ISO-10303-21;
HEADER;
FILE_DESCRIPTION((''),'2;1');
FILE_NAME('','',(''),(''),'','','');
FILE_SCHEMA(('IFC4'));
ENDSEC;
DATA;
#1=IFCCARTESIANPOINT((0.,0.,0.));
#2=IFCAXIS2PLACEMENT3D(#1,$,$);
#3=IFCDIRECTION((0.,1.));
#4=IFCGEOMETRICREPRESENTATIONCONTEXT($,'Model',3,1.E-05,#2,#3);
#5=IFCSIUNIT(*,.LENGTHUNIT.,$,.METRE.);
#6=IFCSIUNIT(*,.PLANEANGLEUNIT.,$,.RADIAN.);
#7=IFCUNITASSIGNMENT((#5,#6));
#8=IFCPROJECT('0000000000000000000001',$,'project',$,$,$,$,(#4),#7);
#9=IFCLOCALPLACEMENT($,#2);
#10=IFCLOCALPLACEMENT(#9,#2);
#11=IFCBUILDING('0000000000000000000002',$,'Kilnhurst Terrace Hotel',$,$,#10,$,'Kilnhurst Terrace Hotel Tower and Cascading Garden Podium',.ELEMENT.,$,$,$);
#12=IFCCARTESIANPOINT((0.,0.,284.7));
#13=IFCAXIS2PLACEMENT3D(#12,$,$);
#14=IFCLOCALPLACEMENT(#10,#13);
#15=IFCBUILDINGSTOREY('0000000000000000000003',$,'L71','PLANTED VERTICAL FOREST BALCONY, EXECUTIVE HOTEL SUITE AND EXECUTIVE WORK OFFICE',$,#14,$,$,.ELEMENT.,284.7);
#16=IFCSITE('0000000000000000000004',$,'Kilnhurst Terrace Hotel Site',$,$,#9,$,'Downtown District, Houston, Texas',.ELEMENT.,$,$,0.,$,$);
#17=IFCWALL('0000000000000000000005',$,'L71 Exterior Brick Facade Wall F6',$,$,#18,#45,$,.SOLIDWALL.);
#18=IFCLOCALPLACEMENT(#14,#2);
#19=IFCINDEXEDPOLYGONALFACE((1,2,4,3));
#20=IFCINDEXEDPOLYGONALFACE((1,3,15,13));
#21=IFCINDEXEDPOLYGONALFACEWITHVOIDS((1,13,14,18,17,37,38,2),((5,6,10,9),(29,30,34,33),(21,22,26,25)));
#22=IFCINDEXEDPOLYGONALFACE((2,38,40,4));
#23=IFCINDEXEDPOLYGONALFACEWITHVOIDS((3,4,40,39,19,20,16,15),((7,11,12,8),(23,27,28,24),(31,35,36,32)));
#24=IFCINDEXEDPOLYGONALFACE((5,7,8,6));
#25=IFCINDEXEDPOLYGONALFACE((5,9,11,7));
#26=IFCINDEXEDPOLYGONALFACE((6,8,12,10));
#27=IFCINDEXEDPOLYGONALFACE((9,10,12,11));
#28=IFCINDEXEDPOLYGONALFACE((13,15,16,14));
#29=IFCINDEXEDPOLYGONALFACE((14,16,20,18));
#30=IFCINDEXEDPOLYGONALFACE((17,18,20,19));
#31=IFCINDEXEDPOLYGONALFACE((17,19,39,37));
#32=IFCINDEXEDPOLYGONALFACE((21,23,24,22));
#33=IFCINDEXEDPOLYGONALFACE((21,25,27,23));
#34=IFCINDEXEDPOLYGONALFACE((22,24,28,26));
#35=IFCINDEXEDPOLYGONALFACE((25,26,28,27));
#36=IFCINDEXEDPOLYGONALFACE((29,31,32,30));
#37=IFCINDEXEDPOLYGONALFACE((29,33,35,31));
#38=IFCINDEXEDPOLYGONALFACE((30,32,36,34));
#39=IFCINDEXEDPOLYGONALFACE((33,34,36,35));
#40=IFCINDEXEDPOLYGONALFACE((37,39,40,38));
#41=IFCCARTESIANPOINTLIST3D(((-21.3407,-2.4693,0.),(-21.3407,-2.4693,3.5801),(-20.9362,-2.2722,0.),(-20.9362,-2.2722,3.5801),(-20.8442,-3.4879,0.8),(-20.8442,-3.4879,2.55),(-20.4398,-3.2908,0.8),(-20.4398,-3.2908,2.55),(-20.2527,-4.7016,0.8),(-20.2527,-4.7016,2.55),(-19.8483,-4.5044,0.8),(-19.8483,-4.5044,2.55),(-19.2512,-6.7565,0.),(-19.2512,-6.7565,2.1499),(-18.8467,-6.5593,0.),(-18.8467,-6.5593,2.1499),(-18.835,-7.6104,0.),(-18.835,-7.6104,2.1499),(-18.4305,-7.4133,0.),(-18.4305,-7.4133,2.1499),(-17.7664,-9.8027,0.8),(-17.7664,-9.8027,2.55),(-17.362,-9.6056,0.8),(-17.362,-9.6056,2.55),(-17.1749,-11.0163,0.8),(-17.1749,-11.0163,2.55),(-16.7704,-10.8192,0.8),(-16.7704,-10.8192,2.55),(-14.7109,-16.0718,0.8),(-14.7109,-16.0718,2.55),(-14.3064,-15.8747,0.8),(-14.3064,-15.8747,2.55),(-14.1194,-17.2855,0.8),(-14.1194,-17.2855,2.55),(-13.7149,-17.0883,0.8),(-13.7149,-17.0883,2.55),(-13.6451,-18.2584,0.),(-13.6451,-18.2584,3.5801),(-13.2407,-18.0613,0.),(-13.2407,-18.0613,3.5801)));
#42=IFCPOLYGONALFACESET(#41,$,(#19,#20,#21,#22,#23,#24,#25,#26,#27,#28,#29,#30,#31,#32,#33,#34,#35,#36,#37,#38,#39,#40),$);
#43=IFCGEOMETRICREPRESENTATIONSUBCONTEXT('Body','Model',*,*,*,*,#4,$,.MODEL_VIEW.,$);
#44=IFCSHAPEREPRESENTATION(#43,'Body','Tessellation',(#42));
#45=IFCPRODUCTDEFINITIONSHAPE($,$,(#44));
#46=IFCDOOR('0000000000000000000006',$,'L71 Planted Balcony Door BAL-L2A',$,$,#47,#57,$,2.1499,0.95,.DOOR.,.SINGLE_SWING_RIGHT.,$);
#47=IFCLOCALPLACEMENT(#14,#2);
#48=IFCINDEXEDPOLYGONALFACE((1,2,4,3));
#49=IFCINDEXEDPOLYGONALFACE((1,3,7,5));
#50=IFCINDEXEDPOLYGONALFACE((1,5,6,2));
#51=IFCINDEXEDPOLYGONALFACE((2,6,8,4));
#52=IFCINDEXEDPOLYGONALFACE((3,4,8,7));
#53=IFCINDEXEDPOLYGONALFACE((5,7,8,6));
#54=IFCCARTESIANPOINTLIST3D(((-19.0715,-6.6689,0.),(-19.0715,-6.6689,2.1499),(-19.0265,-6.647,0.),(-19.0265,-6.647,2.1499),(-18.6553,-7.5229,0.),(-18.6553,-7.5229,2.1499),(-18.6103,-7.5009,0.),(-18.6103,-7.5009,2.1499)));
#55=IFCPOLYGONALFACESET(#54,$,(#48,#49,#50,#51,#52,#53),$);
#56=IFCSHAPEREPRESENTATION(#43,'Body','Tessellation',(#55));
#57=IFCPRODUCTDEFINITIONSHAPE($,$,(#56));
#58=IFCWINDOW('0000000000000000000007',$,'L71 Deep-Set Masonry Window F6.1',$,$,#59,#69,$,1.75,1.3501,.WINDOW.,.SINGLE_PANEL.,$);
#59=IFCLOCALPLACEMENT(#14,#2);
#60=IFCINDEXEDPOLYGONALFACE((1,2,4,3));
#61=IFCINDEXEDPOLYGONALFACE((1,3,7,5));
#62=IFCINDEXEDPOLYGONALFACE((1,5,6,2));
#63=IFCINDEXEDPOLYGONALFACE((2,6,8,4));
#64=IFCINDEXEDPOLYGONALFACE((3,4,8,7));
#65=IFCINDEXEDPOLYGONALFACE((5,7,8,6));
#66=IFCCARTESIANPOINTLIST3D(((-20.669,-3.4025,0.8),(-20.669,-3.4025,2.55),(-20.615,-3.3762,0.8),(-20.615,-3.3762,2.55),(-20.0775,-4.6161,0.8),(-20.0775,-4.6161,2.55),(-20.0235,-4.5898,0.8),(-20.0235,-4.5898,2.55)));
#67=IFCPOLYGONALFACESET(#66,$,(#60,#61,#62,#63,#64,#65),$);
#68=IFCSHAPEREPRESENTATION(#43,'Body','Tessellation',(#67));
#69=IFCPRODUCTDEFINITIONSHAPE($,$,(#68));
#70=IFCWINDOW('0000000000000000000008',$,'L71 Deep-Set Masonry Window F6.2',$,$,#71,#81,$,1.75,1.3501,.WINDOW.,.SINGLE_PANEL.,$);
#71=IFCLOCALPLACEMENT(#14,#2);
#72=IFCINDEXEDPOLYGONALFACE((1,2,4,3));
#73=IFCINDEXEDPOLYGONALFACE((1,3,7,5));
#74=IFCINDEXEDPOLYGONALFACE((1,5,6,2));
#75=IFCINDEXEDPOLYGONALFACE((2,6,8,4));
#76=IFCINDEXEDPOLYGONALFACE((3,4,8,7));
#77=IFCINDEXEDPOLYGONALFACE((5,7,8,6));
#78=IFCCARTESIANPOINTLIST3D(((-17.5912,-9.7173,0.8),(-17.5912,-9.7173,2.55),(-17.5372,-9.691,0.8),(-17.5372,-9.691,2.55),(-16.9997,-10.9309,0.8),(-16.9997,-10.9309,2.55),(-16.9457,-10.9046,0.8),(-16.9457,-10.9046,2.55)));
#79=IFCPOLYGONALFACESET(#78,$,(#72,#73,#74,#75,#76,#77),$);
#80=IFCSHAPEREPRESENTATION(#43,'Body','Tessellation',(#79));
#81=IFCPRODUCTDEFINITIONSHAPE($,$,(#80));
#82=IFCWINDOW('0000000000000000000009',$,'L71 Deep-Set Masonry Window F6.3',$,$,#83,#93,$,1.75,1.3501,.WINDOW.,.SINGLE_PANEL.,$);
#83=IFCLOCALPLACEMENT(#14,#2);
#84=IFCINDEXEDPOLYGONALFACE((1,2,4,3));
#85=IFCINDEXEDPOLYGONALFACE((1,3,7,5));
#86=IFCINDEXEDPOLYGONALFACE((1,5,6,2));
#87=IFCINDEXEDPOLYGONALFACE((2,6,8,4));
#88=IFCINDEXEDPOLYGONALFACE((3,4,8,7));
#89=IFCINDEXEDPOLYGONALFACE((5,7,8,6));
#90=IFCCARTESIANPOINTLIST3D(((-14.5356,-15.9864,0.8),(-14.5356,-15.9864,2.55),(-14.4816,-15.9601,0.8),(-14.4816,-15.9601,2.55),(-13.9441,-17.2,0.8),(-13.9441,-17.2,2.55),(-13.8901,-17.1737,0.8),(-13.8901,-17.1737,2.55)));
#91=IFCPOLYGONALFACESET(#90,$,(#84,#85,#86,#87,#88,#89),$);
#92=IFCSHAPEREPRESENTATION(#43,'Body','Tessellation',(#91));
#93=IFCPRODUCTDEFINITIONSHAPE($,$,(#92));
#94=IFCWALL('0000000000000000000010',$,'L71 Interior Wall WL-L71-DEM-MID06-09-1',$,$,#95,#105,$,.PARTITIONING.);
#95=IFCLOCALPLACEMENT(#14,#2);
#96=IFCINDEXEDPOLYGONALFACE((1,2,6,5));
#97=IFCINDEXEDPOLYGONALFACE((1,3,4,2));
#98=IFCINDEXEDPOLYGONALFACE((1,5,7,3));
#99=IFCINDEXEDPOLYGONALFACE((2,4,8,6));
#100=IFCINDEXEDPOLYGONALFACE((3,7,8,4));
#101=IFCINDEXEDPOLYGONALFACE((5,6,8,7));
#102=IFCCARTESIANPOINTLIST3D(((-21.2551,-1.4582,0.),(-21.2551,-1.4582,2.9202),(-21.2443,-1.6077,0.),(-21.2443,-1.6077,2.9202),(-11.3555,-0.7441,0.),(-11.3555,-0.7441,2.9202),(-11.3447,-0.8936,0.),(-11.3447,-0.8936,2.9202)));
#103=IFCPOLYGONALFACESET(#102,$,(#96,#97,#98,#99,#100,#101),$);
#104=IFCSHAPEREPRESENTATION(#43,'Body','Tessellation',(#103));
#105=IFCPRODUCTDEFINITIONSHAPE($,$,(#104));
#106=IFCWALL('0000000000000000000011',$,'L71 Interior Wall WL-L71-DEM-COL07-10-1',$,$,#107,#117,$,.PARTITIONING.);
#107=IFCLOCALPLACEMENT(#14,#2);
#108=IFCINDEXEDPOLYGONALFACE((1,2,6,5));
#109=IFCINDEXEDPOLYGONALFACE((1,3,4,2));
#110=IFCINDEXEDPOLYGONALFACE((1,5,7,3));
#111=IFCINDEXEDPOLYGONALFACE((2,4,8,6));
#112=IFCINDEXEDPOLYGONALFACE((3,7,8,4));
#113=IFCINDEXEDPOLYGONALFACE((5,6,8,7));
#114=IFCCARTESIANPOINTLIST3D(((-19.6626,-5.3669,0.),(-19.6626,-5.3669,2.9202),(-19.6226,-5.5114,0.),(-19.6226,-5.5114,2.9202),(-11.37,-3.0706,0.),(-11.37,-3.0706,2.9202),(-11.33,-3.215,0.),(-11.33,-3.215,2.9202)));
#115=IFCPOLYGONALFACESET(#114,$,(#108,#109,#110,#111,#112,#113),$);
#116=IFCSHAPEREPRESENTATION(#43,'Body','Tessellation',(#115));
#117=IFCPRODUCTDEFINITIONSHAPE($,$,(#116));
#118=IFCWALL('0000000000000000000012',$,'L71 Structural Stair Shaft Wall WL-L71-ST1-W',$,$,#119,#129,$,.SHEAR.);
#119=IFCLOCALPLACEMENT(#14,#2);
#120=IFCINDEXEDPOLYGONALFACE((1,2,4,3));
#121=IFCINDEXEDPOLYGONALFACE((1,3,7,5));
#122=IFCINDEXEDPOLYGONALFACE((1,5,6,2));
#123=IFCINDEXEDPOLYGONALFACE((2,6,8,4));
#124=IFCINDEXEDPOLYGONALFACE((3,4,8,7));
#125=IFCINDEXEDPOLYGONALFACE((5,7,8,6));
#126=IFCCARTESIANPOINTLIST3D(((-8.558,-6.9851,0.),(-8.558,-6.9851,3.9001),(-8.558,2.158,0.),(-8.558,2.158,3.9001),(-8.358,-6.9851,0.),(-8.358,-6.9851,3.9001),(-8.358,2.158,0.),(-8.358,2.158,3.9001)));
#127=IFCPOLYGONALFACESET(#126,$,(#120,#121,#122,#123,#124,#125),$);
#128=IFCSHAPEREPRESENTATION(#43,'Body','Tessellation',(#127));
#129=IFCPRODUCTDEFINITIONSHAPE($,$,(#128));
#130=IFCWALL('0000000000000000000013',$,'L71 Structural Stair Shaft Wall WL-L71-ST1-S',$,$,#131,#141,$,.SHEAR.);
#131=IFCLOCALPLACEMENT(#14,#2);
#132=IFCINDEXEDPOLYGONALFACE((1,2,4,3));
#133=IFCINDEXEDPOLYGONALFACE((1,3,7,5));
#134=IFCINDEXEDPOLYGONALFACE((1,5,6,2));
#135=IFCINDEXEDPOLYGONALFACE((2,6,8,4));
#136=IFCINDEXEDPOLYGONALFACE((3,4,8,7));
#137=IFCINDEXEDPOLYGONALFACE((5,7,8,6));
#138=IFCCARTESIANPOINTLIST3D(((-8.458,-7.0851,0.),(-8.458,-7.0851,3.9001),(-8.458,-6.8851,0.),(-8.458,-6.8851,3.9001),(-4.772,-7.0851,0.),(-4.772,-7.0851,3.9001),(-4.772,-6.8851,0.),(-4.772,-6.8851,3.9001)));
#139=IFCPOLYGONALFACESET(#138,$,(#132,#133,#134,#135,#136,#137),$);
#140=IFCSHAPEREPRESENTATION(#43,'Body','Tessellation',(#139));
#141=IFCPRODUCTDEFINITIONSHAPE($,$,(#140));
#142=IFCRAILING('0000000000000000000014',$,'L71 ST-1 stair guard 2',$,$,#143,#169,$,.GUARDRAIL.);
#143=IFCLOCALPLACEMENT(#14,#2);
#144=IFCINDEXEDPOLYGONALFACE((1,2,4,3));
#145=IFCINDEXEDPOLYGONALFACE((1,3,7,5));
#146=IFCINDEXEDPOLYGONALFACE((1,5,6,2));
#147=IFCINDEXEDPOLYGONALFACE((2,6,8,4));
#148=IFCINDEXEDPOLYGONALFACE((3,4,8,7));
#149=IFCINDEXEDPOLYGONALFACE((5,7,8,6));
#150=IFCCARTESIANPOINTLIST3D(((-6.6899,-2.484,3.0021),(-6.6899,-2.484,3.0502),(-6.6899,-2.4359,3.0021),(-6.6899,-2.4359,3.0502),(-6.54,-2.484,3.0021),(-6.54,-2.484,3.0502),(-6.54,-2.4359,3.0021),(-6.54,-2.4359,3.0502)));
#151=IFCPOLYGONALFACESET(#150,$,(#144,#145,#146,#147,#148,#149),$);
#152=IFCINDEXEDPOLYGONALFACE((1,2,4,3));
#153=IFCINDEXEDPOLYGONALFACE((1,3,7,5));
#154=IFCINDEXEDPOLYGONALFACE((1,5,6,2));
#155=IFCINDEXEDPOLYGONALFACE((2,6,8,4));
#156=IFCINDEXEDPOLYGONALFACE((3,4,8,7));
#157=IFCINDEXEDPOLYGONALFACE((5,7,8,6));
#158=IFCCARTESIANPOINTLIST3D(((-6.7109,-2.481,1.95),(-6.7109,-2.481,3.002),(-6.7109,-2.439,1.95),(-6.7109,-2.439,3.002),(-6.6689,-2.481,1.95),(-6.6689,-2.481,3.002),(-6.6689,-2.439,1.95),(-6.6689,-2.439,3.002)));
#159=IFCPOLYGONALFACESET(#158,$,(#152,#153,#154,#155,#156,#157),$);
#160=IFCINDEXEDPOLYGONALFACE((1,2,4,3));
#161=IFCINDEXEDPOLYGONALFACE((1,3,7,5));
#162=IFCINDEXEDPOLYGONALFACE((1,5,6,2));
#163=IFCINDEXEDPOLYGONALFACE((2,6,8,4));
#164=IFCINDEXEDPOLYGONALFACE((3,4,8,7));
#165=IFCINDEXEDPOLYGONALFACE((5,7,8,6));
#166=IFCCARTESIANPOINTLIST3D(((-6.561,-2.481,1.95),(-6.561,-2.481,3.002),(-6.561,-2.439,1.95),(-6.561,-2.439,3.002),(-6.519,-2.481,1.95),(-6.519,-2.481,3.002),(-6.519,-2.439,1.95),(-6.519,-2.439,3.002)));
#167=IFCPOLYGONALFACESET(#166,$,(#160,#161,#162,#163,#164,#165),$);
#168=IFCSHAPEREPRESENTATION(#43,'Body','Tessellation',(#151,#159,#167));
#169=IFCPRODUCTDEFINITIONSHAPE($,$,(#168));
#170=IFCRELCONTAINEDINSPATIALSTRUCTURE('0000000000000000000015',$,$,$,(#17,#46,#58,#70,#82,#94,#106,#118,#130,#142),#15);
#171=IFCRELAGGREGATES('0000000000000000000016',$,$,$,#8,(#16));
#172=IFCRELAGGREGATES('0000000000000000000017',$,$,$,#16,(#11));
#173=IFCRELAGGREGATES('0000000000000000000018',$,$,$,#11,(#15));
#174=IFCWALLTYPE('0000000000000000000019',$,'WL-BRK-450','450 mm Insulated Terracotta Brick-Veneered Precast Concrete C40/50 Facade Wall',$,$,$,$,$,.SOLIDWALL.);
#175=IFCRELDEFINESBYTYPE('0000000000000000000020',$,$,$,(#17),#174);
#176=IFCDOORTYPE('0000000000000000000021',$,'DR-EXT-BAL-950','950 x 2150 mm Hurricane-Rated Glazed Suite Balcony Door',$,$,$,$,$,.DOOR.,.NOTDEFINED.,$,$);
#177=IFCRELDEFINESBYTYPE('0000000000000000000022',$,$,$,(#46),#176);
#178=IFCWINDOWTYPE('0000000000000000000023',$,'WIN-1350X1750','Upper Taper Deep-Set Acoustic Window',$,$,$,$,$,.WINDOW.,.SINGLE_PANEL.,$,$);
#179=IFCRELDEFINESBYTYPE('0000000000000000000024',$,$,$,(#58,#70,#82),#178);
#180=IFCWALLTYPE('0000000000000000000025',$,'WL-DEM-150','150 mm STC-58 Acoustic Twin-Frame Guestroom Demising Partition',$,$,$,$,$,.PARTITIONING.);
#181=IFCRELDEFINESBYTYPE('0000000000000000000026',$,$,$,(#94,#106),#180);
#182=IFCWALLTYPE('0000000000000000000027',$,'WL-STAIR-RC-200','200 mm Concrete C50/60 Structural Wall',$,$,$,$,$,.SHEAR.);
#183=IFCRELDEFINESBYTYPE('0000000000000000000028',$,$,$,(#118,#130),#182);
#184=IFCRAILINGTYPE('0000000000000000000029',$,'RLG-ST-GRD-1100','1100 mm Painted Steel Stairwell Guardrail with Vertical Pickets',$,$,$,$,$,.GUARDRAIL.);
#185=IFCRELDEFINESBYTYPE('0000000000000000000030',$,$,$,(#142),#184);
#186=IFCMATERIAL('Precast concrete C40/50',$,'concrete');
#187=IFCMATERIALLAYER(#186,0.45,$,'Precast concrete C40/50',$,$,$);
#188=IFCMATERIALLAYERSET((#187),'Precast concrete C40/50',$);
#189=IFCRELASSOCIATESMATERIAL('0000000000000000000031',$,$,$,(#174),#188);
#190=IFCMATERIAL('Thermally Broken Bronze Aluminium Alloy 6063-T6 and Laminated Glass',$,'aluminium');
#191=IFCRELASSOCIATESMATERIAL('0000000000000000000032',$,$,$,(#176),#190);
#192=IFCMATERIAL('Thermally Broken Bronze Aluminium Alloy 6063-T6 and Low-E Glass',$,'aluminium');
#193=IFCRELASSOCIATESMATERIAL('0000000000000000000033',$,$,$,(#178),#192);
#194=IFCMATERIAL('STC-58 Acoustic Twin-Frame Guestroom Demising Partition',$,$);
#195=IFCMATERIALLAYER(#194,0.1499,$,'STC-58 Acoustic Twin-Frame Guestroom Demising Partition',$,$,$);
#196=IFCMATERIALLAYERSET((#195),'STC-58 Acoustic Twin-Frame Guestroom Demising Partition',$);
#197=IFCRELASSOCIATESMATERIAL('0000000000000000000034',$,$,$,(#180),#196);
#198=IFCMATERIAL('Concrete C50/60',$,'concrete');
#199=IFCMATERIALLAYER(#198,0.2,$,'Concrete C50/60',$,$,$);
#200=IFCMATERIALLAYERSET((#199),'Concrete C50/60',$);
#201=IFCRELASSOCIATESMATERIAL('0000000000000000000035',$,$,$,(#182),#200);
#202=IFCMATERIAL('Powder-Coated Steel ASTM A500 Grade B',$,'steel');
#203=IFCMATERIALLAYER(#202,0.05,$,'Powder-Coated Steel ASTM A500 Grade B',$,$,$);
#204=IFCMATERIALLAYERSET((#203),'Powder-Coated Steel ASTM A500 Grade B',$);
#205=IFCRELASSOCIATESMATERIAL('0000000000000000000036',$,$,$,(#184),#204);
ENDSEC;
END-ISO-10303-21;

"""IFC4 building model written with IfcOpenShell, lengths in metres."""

from ifc_helpers import new_model, si_unit, direction, frame, frame_2d, origin, origin_2d, place, context, subcontext, project, spatial, rectangle, extrude, material, layer, layer_set, type_object, element, fill, save


model = new_model("IFC4")

# Units and contexts
model_context = context("Model", 3, precision=1e-05, world=origin(), true_north=direction((0.0, 1.0)))
body_context = subcontext(model_context, "Body", "Model", "MODEL_VIEW")
ifc_project = project(units=[si_unit("LENGTHUNIT", "METRE"), si_unit("PLANEANGLEUNIT", "RADIAN")], contexts=[model_context])

# Site, building, storey
site_placement = place(None, origin())
site = spatial("IfcSite", under=ifc_project, at=site_placement, Name="Kilnhurst Terrace Hotel Site", LongName="Downtown District, Houston, Texas", CompositionType="ELEMENT", RefElevation=0.0)
building_placement = place(site_placement, origin())
building = spatial("IfcBuilding", under=site, at=building_placement, Name="Kilnhurst Terrace Hotel", LongName="Kilnhurst Terrace Hotel Tower and Cascading Garden Podium", CompositionType="ELEMENT")
storey_placement = place(building_placement, frame((0.0, 0.0, 284.7)))
storey = spatial("IfcBuildingStorey", under=building, at=storey_placement, Name="L71", Description="PLANTED VERTICAL FOREST BALCONY, EXECUTIVE HOTEL SUITE AND EXECUTIVE WORK OFFICE", CompositionType="ELEMENT", Elevation=284.7)

# Shared definitions
ifc_material_1 = material(Name="Concrete C50/60", Category="concrete")

# Shared definitions
ifc_material_2 = material(Name="Precast concrete C40/50", Category="concrete")
ifc_layer_1 = layer(ifc_material_2, 0.45, Name="Precast concrete C40/50")
ifc_layer_set_1 = layer_set([ifc_layer_1], Name="Precast concrete C40/50")
wall_type_1 = type_object("IfcWallType", Name="WL-BRK-450", Description="450 mm Insulated Terracotta Brick-Veneered Precast Concrete C40/50 Facade Wall", PredefinedType="SOLIDWALL", material=ifc_layer_set_1)

# Wall, openings, door, windows
wall_1_placement = place(storey_placement, frame((-21.1384, -2.3708, 0.0), z_axis=(0.0, 0.0, 1.0), x_axis=(0.438128, -0.898913, 0.0)))
wall_1 = element("IfcWall", 1, at=wall_1_placement, inside=storey, type_object=wall_type_1, Name="L71 Exterior Brick Facade Wall F6", PredefinedType="SOLIDWALL", context=body_context, shape_type="SweptSolid", body=[
    extrude(rectangle(XDim=17.5647, YDim=0.45, at=frame_2d((8.7822, 0.0))), origin(), (0.0, 0.0, 1.0), 3.5801),
])
opening_1_placement = place(wall_1_placement, frame((4.769, 0.0, 0.0)))
opening_1 = element("IfcOpeningElement", 2, at=opening_1_placement, cuts=wall_1, PredefinedType="OPENING", context=body_context, shape_type="SweptSolid", body=[
    extrude(rectangle(XDim=0.95, YDim=2.1499, at=frame_2d((0.4751, 1.075))), frame((0.0, 0.2349, 0.0), z_axis=(0.0, -1.0, 0.0), x_axis=(1.0, 0.0, 0.0)), (0.0, 0.0, 1.0), 0.47),
])
opening_2_placement = place(wall_1_placement, frame((1.1331, 0.0, 0.8)))
opening_2 = element("IfcOpeningElement", 3, at=opening_2_placement, cuts=wall_1, PredefinedType="OPENING", context=body_context, shape_type="SweptSolid", body=[
    extrude(rectangle(XDim=1.3501, YDim=1.75, at=frame_2d((0.675, 0.875))), frame((0.0, 0.2349, 0.0), z_axis=(0.0, -1.0, 0.0), x_axis=(1.0, 0.0, 0.0)), (0.0, 0.0, 1.0), 0.47),
])
opening_3_placement = place(wall_1_placement, frame((8.158, 0.0, 0.8)))
opening_3 = element("IfcOpeningElement", 4, at=opening_3_placement, cuts=wall_1, PredefinedType="OPENING", context=body_context, shape_type="SweptSolid", body=[
    extrude(rectangle(XDim=1.3501, YDim=1.75, at=frame_2d((0.675, 0.875))), frame((0.0, 0.2349, 0.0), z_axis=(0.0, -1.0, 0.0), x_axis=(1.0, 0.0, 0.0)), (0.0, 0.0, 1.0), 0.47),
])
opening_4_placement = place(wall_1_placement, frame((15.1321, 0.0, 0.8)))
opening_4 = element("IfcOpeningElement", 5, at=opening_4_placement, cuts=wall_1, PredefinedType="OPENING", context=body_context, shape_type="SweptSolid", body=[
    extrude(rectangle(XDim=1.3501, YDim=1.75, at=frame_2d((0.675, 0.875))), frame((0.0, 0.2349, 0.0), z_axis=(0.0, -1.0, 0.0), x_axis=(1.0, 0.0, 0.0)), (0.0, 0.0, 1.0), 0.47),
])
ifc_material_3 = material(Name="Thermally Broken Bronze Aluminium Alloy 6063-T6 and Laminated Glass", Category="aluminium")
door_type_1 = type_object("IfcDoorType", Name="DR-EXT-BAL-950", Description="950 x 2150 mm Hurricane-Rated Glazed Suite Balcony Door", OperationType="NOTDEFINED", PredefinedType="DOOR", material=ifc_material_3)
door_1_placement = place(opening_1_placement, origin())
door_1 = element("IfcDoor", 6, at=door_1_placement, inside=storey, type_object=door_type_1, Name="L71 Planted Balcony Door BAL-L2A", OperationType="SINGLE_SWING_RIGHT", OverallHeight=2.1499, OverallWidth=0.95, PredefinedType="DOOR", context=body_context, shape_type="SweptSolid", body=[
    extrude(rectangle(XDim=0.95, YDim=2.1499, at=frame_2d((0.4751, 1.075))), frame((0.0, 0.0249, 0.0), z_axis=(0.0, -1.0, 0.0), x_axis=(1.0, 0.0, 0.0)), (0.0, 0.0, 1.0), 0.05),
])
fill(opening_1, door_1)
ifc_material_4 = material(Name="Thermally Broken Bronze Aluminium Alloy 6063-T6 and Low-E Glass", Category="aluminium")
window_type = type_object("IfcWindowType", Name="WIN-1350X1750", Description="Upper Taper Deep-Set Acoustic Window", PartitioningType="SINGLE_PANEL", PredefinedType="WINDOW", material=ifc_material_4)
window_1_placement = place(opening_2_placement, origin())
window_1 = element("IfcWindow", 7, at=window_1_placement, inside=storey, type_object=window_type, Name="L71 Deep-Set Masonry Window F6.1", OverallHeight=1.75, OverallWidth=1.3501, PartitioningType="SINGLE_PANEL", PredefinedType="WINDOW", context=body_context, shape_type="SweptSolid", body=[
    extrude(rectangle(XDim=1.3501, YDim=1.75, at=frame_2d((0.675, 0.875))), frame((0.0, 0.03, 0.0), z_axis=(0.0, -1.0, 0.0), x_axis=(1.0, 0.0, 0.0)), (0.0, 0.0, 1.0), 0.0601),
])
fill(opening_2, window_1)
window_2_placement = place(opening_3_placement, origin())
window_2 = element("IfcWindow", 8, at=window_2_placement, inside=storey, type_object=window_type, Name="L71 Deep-Set Masonry Window F6.2", OverallHeight=1.75, OverallWidth=1.3501, PartitioningType="SINGLE_PANEL", PredefinedType="WINDOW", context=body_context, shape_type="SweptSolid", body=[
    extrude(rectangle(XDim=1.3501, YDim=1.75, at=frame_2d((0.675, 0.875))), frame((0.0, 0.03, 0.0), z_axis=(0.0, -1.0, 0.0), x_axis=(1.0, 0.0, 0.0)), (0.0, 0.0, 1.0), 0.0601),
])
fill(opening_3, window_2)
window_3_placement = place(opening_4_placement, origin())
window_3 = element("IfcWindow", 9, at=window_3_placement, inside=storey, type_object=window_type, Name="L71 Deep-Set Masonry Window F6.3", OverallHeight=1.75, OverallWidth=1.3501, PartitioningType="SINGLE_PANEL", PredefinedType="WINDOW", context=body_context, shape_type="SweptSolid", body=[
    extrude(rectangle(XDim=1.3501, YDim=1.75, at=frame_2d((0.675, 0.875))), frame((0.0, 0.03, 0.0), z_axis=(0.0, -1.0, 0.0), x_axis=(1.0, 0.0, 0.0)), (0.0, 0.0, 1.0), 0.0601),
])
fill(opening_4, window_3)

# Walls
ifc_material_5 = material(Name="STC-58 Acoustic Twin-Frame Guestroom Demising Partition")
ifc_layer_2 = layer(ifc_material_5, 0.1499, Name="STC-58 Acoustic Twin-Frame Guestroom Demising Partition")
ifc_layer_set_2 = layer_set([ifc_layer_2], Name="STC-58 Acoustic Twin-Frame Guestroom Demising Partition")
wall_type_2 = type_object("IfcWallType", Name="WL-DEM-150", Description="150 mm STC-58 Acoustic Twin-Frame Guestroom Demising Partition", PredefinedType="PARTITIONING", material=ifc_layer_set_2)
wall_2_placement = place(storey_placement, frame((-11.3501, -0.8188, 0.0), z_axis=(0.0, 0.0, 1.0), x_axis=(-0.997408, -0.071948, 0.0)))
element("IfcWall", 10, at=wall_2_placement, inside=storey, type_object=wall_type_2, Name="L71 Interior Wall WL-L71-DEM-MID06-09-1", PredefinedType="PARTITIONING", context=body_context, shape_type="SweptSolid", body=[
    extrude(rectangle(XDim=9.9253, YDim=0.1499, at=frame_2d((4.9626, 0.0))), origin(), (0.0, 0.0, 1.0), 2.9202),
])
wall_3_placement = place(storey_placement, frame((-11.3501, -3.1428, 0.0), z_axis=(0.0, 0.0, 1.0), x_axis=(-0.963732, -0.266873, 0.0)))
element("IfcWall", 11, at=wall_3_placement, inside=storey, type_object=wall_type_2, Name="L71 Interior Wall WL-L71-DEM-COL07-10-1", PredefinedType="PARTITIONING", context=body_context, shape_type="SweptSolid", body=[
    extrude(rectangle(XDim=8.6047, YDim=0.1499, at=frame_2d((4.3022, 0.0))), origin(), (0.0, 0.0, 1.0), 2.9202),
])
ifc_layer_3 = layer(ifc_material_1, 0.2, Name="Concrete C50/60")
ifc_layer_set_3 = layer_set([ifc_layer_3], Name="Concrete C50/60")
wall_type_3 = type_object("IfcWallType", Name="WL-STAIR-RC-200", Description="200 mm Concrete C50/60 Structural Wall", PredefinedType="SHEAR", material=ifc_layer_set_3)
wall_4_placement = place(storey_placement, frame((-8.458, -6.9851, 0.0), z_axis=(0.0, 0.0, 1.0), x_axis=(0.0, 1.0, 0.0)))
element("IfcWall", 12, at=wall_4_placement, inside=storey, type_object=wall_type_3, Name="L71 Structural Stair Shaft Wall WL-L71-ST1-W", PredefinedType="SHEAR", context=body_context, shape_type="SweptSolid", body=[
    extrude(rectangle(XDim=9.1431, YDim=0.2, at=frame_2d((4.5715, 0.0))), origin(), (0.0, 0.0, 1.0), 3.9001),
])
wall_5_placement = place(storey_placement, frame((-8.458, -6.9851, 0.0), z_axis=(0.0, 0.0, 1.0), x_axis=(1.0, 0.0, 0.0)))
element("IfcWall", 13, at=wall_5_placement, inside=storey, type_object=wall_type_3, Name="L71 Structural Stair Shaft Wall WL-L71-ST1-S", PredefinedType="SHEAR", context=body_context, shape_type="SweptSolid", body=[
    extrude(rectangle(XDim=3.686, YDim=0.2, at=frame_2d((1.843, 0.0))), origin(), (0.0, 0.0, 1.0), 3.9001),
])

# Railing
ifc_material_6 = material(Name="Powder-Coated Steel ASTM A500 Grade B", Category="steel")
ifc_layer_4 = layer(ifc_material_6, 0.05, Name="Powder-Coated Steel ASTM A500 Grade B")
ifc_layer_set_4 = layer_set([ifc_layer_4], Name="Powder-Coated Steel ASTM A500 Grade B")
railing_type = type_object("IfcRailingType", Name="RLG-ST-GRD-1100", Description="1100 mm Painted Steel Stairwell Guardrail with Vertical Pickets", PredefinedType="GUARDRAIL", material=ifc_layer_set_4)
railing_1_placement = place(storey_placement, frame((-6.6899, -2.46, 1.95)))
element("IfcRailing", 14, at=railing_1_placement, inside=storey, type_object=railing_type, Name="L71 ST-1 stair guard 2", PredefinedType="GUARDRAIL", context=body_context, shape_type="SweptSolid", body=[
    extrude(rectangle(XDim=0.0481, YDim=0.0481, at=origin_2d()), frame((0.0, 0.0, 1.0762), z_axis=(1.0, 0.0, 0.0), x_axis=(0.0, 1.0, 0.0)), (0.0, 0.0, 1.0), 0.1499),
    extrude(rectangle(XDim=0.042, YDim=0.042, at=origin_2d()), origin(), (0.0, 0.0, 1.0), 1.052),
    extrude(rectangle(XDim=0.042, YDim=0.042, at=origin_2d()), frame((0.1499, 0.0, 0.0)), (0.0, 0.0, 1.0), 1.052),
])

save(model, "model.ifc")
